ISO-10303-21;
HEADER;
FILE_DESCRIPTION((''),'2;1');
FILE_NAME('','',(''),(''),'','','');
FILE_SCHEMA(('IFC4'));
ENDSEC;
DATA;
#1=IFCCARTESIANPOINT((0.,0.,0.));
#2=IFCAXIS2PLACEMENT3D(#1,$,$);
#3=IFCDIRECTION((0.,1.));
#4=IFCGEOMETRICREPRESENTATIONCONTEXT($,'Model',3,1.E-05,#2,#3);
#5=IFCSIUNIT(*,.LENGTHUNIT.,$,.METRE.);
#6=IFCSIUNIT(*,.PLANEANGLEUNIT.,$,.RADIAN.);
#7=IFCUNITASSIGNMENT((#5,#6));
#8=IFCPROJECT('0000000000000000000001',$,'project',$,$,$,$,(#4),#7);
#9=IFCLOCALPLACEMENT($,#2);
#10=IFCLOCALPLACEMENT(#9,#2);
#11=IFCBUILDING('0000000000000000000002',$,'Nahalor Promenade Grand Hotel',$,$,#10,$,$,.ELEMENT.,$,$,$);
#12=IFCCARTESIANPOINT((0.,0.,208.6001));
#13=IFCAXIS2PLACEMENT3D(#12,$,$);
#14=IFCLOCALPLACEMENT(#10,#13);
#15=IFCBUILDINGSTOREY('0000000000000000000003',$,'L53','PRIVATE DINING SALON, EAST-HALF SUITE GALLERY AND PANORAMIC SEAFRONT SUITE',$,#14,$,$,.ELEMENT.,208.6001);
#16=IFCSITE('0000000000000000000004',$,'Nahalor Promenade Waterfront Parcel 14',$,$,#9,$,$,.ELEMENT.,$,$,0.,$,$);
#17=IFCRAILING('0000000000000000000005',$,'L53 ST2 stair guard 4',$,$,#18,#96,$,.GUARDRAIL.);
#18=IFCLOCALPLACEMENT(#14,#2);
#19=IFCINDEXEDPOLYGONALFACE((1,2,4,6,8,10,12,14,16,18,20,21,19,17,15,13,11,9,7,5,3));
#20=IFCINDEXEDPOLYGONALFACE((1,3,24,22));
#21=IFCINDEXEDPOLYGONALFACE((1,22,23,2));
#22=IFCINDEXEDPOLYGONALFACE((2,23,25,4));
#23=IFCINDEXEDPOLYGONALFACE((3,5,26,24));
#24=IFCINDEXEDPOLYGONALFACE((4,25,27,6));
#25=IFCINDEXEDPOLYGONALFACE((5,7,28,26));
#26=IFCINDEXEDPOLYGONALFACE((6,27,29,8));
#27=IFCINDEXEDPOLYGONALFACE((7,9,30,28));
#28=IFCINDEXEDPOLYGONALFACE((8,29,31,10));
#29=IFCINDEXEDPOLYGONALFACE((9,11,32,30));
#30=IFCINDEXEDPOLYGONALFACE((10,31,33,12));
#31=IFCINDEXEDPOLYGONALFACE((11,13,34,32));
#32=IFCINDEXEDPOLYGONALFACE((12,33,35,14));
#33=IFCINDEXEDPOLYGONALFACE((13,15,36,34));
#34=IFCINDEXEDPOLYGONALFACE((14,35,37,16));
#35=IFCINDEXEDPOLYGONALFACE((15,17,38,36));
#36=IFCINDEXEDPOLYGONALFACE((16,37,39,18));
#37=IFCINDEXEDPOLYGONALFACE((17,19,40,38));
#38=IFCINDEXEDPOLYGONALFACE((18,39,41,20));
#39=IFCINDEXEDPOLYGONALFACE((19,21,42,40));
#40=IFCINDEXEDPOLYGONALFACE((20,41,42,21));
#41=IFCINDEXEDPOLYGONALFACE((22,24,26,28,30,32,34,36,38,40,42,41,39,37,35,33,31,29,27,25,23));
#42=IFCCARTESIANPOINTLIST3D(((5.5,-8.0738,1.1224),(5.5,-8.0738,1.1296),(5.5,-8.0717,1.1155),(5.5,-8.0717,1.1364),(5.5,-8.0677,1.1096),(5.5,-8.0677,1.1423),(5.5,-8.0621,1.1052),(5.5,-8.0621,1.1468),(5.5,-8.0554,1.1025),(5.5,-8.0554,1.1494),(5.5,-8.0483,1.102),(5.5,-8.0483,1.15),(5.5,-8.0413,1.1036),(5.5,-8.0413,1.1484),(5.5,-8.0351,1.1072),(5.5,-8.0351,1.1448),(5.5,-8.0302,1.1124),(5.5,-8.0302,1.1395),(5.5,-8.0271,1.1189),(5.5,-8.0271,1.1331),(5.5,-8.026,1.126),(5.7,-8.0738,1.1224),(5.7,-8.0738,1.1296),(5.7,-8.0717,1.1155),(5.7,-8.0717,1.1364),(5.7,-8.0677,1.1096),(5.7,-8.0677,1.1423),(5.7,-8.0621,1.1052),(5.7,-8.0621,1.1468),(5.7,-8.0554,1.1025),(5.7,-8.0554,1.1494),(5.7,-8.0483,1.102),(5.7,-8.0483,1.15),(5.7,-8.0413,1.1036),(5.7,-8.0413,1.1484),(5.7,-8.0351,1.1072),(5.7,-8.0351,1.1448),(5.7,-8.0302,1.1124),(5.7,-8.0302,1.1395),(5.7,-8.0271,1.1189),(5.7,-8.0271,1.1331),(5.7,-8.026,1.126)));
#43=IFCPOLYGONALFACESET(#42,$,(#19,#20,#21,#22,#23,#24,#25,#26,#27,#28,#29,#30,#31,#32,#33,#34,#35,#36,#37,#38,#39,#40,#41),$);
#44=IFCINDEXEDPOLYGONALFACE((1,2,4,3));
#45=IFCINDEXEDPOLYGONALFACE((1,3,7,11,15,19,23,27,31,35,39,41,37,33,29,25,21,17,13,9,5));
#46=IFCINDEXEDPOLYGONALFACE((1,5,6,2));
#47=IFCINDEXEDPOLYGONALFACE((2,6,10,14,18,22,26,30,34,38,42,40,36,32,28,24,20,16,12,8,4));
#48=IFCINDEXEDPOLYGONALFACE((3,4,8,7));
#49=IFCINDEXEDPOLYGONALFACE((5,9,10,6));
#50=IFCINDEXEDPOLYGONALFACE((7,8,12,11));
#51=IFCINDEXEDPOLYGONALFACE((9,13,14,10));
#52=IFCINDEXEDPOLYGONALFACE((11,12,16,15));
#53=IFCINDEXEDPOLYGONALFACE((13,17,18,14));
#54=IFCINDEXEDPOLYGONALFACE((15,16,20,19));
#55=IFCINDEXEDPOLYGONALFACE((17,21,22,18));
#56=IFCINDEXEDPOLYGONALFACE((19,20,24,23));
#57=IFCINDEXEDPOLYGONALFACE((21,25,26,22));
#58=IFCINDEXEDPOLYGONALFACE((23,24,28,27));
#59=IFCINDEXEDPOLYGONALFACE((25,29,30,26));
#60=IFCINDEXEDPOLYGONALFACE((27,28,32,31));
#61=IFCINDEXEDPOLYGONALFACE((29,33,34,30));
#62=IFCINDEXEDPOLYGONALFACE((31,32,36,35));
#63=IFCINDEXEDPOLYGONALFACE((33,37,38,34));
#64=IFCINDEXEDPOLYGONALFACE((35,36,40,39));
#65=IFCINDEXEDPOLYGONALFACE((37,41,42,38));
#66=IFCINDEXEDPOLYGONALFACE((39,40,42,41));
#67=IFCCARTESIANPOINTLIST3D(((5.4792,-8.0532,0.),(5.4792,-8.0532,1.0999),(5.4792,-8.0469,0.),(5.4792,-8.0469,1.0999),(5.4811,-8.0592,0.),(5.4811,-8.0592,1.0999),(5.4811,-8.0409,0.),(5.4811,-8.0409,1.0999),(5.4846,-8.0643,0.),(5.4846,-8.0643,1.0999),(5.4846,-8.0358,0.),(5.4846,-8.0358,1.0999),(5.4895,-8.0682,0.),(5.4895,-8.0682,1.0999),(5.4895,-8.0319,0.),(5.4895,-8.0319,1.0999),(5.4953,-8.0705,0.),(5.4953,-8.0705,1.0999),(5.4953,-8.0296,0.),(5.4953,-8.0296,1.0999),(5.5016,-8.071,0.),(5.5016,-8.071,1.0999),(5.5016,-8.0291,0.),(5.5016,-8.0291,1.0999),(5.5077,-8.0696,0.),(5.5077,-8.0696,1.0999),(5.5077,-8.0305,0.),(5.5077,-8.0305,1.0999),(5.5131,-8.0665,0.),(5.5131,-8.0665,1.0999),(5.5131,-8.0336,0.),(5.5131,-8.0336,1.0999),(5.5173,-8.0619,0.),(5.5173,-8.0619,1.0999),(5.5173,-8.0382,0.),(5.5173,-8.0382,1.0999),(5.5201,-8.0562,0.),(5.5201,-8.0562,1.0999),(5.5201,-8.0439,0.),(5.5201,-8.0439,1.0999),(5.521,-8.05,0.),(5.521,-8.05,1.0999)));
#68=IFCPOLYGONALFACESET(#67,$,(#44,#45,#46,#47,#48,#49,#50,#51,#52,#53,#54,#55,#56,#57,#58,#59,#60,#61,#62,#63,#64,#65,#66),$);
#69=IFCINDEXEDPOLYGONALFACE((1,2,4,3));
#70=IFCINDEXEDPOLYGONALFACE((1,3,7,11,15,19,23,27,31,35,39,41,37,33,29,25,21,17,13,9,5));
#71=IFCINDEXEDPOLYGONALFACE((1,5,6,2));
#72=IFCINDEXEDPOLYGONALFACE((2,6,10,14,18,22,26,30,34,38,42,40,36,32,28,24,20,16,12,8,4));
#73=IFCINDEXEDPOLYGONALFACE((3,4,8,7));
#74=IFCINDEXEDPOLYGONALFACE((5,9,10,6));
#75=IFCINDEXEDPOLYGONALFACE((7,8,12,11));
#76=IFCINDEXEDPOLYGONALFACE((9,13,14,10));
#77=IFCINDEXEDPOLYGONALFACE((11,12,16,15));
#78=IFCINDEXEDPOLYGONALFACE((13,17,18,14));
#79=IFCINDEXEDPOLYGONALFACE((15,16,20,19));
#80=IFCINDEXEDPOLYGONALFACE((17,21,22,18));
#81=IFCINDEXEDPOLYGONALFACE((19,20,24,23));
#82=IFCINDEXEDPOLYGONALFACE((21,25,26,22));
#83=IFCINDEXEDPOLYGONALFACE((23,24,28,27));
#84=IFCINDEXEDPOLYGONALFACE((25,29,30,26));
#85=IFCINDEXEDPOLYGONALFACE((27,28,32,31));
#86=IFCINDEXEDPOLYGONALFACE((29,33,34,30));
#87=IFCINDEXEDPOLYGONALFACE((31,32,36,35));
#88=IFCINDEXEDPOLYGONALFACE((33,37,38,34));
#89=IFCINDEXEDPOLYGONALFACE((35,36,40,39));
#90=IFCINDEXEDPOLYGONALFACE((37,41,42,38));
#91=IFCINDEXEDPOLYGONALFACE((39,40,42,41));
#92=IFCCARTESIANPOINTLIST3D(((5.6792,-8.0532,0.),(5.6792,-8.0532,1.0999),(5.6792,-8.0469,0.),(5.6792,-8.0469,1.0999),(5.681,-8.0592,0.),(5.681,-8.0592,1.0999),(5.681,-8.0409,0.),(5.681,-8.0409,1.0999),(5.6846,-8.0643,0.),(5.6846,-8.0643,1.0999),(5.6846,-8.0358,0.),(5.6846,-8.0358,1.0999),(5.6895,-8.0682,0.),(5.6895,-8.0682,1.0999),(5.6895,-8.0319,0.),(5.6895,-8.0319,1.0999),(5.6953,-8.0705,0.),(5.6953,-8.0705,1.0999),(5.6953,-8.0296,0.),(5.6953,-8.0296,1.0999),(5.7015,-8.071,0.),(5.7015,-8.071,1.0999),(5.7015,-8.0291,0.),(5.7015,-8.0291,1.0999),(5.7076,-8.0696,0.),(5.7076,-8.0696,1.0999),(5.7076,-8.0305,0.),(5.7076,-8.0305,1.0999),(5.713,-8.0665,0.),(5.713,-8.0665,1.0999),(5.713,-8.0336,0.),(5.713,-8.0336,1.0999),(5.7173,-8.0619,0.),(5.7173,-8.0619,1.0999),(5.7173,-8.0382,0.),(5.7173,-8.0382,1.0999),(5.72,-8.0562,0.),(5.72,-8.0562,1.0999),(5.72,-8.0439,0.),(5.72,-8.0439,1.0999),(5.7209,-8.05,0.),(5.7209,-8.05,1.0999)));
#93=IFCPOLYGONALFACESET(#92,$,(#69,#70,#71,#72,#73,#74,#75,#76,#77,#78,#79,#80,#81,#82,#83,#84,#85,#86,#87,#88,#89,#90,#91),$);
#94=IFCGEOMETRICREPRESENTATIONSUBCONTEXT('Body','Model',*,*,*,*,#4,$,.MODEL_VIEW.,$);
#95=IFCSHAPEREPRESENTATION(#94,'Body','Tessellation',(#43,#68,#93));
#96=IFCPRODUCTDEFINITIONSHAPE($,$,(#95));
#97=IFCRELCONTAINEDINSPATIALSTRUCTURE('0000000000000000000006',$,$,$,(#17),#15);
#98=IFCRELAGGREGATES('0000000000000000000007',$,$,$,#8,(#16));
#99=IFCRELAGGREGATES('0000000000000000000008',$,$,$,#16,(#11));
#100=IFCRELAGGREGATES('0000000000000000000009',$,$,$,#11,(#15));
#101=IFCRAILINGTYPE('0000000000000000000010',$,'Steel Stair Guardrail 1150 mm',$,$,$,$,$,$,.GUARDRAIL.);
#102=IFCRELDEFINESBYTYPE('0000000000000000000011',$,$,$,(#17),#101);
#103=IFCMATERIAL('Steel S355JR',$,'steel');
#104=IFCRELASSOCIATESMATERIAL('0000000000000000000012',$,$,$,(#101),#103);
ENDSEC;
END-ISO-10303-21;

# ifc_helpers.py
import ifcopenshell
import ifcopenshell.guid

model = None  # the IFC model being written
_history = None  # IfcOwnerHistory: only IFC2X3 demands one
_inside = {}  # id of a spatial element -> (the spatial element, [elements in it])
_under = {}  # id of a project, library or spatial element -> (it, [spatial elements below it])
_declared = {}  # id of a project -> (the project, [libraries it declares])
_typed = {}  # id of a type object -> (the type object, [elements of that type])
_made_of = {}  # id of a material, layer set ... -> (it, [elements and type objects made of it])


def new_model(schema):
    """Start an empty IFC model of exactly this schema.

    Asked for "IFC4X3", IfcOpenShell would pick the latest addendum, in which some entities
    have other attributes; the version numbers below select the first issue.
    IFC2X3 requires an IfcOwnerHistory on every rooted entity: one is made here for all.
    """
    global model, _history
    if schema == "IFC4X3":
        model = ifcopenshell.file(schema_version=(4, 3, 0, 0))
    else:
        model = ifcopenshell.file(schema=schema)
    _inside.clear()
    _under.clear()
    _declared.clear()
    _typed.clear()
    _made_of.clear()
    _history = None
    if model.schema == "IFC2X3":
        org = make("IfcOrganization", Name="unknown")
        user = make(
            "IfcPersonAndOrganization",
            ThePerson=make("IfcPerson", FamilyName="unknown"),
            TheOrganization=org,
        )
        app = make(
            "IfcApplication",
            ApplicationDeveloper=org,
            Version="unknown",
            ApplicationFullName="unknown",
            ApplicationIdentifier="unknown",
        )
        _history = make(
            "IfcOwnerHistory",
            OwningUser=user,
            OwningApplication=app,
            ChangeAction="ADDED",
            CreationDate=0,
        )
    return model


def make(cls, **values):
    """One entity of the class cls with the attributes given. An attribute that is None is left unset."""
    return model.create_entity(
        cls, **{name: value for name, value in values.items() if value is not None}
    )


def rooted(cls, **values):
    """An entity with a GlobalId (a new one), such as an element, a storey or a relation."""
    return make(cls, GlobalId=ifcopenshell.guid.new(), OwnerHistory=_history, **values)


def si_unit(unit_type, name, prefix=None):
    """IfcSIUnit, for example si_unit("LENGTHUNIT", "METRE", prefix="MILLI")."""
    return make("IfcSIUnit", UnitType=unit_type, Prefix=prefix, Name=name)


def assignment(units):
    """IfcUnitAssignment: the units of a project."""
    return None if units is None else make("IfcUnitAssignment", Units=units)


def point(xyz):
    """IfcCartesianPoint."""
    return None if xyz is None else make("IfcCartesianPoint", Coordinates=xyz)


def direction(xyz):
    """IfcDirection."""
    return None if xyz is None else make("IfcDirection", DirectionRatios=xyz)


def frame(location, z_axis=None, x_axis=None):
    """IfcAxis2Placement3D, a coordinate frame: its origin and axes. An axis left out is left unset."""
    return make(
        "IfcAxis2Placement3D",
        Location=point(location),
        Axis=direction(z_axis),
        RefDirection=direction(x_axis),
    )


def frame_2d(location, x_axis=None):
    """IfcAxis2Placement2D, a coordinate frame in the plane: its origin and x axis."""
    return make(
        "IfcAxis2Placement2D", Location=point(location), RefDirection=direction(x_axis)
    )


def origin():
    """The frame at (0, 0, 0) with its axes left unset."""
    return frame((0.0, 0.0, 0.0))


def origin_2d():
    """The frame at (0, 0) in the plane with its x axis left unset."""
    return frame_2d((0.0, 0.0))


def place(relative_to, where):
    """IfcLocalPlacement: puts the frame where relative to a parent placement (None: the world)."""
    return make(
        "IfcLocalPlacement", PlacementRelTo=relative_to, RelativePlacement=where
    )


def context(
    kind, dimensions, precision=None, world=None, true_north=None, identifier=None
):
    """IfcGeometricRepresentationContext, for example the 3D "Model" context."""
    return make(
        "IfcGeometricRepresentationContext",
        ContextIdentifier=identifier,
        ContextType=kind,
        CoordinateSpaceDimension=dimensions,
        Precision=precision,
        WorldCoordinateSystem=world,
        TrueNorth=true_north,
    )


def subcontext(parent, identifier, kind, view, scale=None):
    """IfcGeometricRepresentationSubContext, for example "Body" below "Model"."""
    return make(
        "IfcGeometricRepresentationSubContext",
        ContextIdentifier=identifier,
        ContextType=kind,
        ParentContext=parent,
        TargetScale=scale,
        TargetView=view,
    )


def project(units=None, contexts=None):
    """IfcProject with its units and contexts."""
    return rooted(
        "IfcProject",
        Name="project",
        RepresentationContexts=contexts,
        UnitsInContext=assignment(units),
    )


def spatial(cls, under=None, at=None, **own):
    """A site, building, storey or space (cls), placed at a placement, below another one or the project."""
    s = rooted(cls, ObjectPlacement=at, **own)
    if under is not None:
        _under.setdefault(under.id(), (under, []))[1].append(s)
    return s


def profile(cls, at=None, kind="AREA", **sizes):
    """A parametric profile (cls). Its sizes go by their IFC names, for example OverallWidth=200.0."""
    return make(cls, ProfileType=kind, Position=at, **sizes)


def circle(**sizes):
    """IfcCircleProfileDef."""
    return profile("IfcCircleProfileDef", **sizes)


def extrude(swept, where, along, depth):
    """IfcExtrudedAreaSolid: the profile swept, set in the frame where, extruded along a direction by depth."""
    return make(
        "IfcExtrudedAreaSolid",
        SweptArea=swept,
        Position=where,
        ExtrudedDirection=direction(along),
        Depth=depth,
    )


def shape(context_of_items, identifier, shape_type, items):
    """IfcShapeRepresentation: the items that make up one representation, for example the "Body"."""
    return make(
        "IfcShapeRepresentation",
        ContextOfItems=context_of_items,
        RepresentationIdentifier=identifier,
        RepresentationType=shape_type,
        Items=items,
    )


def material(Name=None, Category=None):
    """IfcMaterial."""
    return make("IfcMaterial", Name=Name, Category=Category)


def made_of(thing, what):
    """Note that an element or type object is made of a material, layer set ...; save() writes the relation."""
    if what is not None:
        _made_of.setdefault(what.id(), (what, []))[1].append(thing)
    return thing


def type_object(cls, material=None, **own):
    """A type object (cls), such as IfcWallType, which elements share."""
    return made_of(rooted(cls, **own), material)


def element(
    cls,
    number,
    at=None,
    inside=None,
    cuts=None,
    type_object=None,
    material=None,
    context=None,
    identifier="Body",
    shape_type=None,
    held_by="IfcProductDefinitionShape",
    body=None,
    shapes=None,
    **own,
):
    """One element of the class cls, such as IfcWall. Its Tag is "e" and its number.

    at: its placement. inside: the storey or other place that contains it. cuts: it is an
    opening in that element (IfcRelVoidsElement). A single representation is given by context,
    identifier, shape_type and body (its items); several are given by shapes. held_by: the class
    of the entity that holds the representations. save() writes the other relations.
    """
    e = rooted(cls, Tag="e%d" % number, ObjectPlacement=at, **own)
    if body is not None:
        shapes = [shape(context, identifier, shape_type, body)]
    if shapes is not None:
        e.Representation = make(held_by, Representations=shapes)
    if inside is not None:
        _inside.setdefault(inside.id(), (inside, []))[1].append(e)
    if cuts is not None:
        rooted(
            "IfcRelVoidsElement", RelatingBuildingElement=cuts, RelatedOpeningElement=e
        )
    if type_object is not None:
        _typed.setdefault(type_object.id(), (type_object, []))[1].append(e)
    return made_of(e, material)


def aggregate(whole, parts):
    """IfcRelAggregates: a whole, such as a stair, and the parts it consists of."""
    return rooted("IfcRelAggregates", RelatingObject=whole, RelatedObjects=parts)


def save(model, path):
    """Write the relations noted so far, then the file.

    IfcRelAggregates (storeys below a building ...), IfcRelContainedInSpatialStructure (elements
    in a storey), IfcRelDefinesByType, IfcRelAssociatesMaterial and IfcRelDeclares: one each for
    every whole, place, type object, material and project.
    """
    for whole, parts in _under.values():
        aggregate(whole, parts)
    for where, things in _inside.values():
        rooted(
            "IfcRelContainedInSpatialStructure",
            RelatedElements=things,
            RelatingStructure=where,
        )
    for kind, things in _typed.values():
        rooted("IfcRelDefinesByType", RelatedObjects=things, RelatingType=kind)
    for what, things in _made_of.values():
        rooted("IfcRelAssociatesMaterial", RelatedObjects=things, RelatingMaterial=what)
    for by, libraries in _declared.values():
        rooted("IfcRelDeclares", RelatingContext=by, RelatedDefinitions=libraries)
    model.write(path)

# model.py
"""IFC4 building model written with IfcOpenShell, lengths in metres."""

from ifc_helpers import new_model, si_unit, direction, frame, origin, origin_2d, place, context, subcontext, project, spatial, circle, extrude, material, type_object, element, save


model = new_model("IFC4")

# Units and contexts
model_context = context("Model", 3, precision=1e-05, world=origin(), true_north=direction((0.0, 1.0)))
body_context = subcontext(model_context, "Body", "Model", "MODEL_VIEW")
ifc_project = project(units=[si_unit("LENGTHUNIT", "METRE"), si_unit("PLANEANGLEUNIT", "RADIAN")], contexts=[model_context])

# Site, building, storey
site_placement = place(None, origin())
site = spatial("IfcSite", under=ifc_project, at=site_placement, Name="Nahalor Promenade Waterfront Parcel 14", CompositionType="ELEMENT", RefElevation=0.0)
building_placement = place(site_placement, origin())
building = spatial("IfcBuilding", under=site, at=building_placement, Name="Nahalor Promenade Grand Hotel", CompositionType="ELEMENT")
storey_placement = place(building_placement, frame((0.0, 0.0, 208.6001)))
storey = spatial("IfcBuildingStorey", under=building, at=storey_placement, Name="L53", Description="PRIVATE DINING SALON, EAST-HALF SUITE GALLERY AND PANORAMIC SEAFRONT SUITE", CompositionType="ELEMENT", Elevation=208.6001)

# Shared definitions
ifc_material_1 = material(Name="Steel S355JR", Category="steel")

# Railing
railing_type_1 = type_object("IfcRailingType", Name="Steel Stair Guardrail 1150 mm", PredefinedType="GUARDRAIL", material=ifc_material_1)
railing_1_placement = place(storey_placement, frame((5.5, -8.05, 0.0)))
element("IfcRailing", 1, at=railing_1_placement, inside=storey, type_object=railing_type_1, Name="L53 ST2 stair guard 4", PredefinedType="GUARDRAIL", context=body_context, shape_type="SweptSolid", body=[
    extrude(circle(Radius=0.024, at=origin_2d()), frame((0.0, 0.0, 1.126), z_axis=(1.0, 0.0, 0.0), x_axis=(0.0, 1.0, 0.0)), (0.0, 0.0, 1.0), 0.2),
    extrude(circle(Radius=0.021, at=origin_2d()), origin(), (0.0, 0.0, 1.0), 1.0999),
    extrude(circle(Radius=0.021, at=origin_2d()), frame((0.2, 0.0, 0.0)), (0.0, 0.0, 1.0), 1.0999),
])

save(model, "model.ifc")
